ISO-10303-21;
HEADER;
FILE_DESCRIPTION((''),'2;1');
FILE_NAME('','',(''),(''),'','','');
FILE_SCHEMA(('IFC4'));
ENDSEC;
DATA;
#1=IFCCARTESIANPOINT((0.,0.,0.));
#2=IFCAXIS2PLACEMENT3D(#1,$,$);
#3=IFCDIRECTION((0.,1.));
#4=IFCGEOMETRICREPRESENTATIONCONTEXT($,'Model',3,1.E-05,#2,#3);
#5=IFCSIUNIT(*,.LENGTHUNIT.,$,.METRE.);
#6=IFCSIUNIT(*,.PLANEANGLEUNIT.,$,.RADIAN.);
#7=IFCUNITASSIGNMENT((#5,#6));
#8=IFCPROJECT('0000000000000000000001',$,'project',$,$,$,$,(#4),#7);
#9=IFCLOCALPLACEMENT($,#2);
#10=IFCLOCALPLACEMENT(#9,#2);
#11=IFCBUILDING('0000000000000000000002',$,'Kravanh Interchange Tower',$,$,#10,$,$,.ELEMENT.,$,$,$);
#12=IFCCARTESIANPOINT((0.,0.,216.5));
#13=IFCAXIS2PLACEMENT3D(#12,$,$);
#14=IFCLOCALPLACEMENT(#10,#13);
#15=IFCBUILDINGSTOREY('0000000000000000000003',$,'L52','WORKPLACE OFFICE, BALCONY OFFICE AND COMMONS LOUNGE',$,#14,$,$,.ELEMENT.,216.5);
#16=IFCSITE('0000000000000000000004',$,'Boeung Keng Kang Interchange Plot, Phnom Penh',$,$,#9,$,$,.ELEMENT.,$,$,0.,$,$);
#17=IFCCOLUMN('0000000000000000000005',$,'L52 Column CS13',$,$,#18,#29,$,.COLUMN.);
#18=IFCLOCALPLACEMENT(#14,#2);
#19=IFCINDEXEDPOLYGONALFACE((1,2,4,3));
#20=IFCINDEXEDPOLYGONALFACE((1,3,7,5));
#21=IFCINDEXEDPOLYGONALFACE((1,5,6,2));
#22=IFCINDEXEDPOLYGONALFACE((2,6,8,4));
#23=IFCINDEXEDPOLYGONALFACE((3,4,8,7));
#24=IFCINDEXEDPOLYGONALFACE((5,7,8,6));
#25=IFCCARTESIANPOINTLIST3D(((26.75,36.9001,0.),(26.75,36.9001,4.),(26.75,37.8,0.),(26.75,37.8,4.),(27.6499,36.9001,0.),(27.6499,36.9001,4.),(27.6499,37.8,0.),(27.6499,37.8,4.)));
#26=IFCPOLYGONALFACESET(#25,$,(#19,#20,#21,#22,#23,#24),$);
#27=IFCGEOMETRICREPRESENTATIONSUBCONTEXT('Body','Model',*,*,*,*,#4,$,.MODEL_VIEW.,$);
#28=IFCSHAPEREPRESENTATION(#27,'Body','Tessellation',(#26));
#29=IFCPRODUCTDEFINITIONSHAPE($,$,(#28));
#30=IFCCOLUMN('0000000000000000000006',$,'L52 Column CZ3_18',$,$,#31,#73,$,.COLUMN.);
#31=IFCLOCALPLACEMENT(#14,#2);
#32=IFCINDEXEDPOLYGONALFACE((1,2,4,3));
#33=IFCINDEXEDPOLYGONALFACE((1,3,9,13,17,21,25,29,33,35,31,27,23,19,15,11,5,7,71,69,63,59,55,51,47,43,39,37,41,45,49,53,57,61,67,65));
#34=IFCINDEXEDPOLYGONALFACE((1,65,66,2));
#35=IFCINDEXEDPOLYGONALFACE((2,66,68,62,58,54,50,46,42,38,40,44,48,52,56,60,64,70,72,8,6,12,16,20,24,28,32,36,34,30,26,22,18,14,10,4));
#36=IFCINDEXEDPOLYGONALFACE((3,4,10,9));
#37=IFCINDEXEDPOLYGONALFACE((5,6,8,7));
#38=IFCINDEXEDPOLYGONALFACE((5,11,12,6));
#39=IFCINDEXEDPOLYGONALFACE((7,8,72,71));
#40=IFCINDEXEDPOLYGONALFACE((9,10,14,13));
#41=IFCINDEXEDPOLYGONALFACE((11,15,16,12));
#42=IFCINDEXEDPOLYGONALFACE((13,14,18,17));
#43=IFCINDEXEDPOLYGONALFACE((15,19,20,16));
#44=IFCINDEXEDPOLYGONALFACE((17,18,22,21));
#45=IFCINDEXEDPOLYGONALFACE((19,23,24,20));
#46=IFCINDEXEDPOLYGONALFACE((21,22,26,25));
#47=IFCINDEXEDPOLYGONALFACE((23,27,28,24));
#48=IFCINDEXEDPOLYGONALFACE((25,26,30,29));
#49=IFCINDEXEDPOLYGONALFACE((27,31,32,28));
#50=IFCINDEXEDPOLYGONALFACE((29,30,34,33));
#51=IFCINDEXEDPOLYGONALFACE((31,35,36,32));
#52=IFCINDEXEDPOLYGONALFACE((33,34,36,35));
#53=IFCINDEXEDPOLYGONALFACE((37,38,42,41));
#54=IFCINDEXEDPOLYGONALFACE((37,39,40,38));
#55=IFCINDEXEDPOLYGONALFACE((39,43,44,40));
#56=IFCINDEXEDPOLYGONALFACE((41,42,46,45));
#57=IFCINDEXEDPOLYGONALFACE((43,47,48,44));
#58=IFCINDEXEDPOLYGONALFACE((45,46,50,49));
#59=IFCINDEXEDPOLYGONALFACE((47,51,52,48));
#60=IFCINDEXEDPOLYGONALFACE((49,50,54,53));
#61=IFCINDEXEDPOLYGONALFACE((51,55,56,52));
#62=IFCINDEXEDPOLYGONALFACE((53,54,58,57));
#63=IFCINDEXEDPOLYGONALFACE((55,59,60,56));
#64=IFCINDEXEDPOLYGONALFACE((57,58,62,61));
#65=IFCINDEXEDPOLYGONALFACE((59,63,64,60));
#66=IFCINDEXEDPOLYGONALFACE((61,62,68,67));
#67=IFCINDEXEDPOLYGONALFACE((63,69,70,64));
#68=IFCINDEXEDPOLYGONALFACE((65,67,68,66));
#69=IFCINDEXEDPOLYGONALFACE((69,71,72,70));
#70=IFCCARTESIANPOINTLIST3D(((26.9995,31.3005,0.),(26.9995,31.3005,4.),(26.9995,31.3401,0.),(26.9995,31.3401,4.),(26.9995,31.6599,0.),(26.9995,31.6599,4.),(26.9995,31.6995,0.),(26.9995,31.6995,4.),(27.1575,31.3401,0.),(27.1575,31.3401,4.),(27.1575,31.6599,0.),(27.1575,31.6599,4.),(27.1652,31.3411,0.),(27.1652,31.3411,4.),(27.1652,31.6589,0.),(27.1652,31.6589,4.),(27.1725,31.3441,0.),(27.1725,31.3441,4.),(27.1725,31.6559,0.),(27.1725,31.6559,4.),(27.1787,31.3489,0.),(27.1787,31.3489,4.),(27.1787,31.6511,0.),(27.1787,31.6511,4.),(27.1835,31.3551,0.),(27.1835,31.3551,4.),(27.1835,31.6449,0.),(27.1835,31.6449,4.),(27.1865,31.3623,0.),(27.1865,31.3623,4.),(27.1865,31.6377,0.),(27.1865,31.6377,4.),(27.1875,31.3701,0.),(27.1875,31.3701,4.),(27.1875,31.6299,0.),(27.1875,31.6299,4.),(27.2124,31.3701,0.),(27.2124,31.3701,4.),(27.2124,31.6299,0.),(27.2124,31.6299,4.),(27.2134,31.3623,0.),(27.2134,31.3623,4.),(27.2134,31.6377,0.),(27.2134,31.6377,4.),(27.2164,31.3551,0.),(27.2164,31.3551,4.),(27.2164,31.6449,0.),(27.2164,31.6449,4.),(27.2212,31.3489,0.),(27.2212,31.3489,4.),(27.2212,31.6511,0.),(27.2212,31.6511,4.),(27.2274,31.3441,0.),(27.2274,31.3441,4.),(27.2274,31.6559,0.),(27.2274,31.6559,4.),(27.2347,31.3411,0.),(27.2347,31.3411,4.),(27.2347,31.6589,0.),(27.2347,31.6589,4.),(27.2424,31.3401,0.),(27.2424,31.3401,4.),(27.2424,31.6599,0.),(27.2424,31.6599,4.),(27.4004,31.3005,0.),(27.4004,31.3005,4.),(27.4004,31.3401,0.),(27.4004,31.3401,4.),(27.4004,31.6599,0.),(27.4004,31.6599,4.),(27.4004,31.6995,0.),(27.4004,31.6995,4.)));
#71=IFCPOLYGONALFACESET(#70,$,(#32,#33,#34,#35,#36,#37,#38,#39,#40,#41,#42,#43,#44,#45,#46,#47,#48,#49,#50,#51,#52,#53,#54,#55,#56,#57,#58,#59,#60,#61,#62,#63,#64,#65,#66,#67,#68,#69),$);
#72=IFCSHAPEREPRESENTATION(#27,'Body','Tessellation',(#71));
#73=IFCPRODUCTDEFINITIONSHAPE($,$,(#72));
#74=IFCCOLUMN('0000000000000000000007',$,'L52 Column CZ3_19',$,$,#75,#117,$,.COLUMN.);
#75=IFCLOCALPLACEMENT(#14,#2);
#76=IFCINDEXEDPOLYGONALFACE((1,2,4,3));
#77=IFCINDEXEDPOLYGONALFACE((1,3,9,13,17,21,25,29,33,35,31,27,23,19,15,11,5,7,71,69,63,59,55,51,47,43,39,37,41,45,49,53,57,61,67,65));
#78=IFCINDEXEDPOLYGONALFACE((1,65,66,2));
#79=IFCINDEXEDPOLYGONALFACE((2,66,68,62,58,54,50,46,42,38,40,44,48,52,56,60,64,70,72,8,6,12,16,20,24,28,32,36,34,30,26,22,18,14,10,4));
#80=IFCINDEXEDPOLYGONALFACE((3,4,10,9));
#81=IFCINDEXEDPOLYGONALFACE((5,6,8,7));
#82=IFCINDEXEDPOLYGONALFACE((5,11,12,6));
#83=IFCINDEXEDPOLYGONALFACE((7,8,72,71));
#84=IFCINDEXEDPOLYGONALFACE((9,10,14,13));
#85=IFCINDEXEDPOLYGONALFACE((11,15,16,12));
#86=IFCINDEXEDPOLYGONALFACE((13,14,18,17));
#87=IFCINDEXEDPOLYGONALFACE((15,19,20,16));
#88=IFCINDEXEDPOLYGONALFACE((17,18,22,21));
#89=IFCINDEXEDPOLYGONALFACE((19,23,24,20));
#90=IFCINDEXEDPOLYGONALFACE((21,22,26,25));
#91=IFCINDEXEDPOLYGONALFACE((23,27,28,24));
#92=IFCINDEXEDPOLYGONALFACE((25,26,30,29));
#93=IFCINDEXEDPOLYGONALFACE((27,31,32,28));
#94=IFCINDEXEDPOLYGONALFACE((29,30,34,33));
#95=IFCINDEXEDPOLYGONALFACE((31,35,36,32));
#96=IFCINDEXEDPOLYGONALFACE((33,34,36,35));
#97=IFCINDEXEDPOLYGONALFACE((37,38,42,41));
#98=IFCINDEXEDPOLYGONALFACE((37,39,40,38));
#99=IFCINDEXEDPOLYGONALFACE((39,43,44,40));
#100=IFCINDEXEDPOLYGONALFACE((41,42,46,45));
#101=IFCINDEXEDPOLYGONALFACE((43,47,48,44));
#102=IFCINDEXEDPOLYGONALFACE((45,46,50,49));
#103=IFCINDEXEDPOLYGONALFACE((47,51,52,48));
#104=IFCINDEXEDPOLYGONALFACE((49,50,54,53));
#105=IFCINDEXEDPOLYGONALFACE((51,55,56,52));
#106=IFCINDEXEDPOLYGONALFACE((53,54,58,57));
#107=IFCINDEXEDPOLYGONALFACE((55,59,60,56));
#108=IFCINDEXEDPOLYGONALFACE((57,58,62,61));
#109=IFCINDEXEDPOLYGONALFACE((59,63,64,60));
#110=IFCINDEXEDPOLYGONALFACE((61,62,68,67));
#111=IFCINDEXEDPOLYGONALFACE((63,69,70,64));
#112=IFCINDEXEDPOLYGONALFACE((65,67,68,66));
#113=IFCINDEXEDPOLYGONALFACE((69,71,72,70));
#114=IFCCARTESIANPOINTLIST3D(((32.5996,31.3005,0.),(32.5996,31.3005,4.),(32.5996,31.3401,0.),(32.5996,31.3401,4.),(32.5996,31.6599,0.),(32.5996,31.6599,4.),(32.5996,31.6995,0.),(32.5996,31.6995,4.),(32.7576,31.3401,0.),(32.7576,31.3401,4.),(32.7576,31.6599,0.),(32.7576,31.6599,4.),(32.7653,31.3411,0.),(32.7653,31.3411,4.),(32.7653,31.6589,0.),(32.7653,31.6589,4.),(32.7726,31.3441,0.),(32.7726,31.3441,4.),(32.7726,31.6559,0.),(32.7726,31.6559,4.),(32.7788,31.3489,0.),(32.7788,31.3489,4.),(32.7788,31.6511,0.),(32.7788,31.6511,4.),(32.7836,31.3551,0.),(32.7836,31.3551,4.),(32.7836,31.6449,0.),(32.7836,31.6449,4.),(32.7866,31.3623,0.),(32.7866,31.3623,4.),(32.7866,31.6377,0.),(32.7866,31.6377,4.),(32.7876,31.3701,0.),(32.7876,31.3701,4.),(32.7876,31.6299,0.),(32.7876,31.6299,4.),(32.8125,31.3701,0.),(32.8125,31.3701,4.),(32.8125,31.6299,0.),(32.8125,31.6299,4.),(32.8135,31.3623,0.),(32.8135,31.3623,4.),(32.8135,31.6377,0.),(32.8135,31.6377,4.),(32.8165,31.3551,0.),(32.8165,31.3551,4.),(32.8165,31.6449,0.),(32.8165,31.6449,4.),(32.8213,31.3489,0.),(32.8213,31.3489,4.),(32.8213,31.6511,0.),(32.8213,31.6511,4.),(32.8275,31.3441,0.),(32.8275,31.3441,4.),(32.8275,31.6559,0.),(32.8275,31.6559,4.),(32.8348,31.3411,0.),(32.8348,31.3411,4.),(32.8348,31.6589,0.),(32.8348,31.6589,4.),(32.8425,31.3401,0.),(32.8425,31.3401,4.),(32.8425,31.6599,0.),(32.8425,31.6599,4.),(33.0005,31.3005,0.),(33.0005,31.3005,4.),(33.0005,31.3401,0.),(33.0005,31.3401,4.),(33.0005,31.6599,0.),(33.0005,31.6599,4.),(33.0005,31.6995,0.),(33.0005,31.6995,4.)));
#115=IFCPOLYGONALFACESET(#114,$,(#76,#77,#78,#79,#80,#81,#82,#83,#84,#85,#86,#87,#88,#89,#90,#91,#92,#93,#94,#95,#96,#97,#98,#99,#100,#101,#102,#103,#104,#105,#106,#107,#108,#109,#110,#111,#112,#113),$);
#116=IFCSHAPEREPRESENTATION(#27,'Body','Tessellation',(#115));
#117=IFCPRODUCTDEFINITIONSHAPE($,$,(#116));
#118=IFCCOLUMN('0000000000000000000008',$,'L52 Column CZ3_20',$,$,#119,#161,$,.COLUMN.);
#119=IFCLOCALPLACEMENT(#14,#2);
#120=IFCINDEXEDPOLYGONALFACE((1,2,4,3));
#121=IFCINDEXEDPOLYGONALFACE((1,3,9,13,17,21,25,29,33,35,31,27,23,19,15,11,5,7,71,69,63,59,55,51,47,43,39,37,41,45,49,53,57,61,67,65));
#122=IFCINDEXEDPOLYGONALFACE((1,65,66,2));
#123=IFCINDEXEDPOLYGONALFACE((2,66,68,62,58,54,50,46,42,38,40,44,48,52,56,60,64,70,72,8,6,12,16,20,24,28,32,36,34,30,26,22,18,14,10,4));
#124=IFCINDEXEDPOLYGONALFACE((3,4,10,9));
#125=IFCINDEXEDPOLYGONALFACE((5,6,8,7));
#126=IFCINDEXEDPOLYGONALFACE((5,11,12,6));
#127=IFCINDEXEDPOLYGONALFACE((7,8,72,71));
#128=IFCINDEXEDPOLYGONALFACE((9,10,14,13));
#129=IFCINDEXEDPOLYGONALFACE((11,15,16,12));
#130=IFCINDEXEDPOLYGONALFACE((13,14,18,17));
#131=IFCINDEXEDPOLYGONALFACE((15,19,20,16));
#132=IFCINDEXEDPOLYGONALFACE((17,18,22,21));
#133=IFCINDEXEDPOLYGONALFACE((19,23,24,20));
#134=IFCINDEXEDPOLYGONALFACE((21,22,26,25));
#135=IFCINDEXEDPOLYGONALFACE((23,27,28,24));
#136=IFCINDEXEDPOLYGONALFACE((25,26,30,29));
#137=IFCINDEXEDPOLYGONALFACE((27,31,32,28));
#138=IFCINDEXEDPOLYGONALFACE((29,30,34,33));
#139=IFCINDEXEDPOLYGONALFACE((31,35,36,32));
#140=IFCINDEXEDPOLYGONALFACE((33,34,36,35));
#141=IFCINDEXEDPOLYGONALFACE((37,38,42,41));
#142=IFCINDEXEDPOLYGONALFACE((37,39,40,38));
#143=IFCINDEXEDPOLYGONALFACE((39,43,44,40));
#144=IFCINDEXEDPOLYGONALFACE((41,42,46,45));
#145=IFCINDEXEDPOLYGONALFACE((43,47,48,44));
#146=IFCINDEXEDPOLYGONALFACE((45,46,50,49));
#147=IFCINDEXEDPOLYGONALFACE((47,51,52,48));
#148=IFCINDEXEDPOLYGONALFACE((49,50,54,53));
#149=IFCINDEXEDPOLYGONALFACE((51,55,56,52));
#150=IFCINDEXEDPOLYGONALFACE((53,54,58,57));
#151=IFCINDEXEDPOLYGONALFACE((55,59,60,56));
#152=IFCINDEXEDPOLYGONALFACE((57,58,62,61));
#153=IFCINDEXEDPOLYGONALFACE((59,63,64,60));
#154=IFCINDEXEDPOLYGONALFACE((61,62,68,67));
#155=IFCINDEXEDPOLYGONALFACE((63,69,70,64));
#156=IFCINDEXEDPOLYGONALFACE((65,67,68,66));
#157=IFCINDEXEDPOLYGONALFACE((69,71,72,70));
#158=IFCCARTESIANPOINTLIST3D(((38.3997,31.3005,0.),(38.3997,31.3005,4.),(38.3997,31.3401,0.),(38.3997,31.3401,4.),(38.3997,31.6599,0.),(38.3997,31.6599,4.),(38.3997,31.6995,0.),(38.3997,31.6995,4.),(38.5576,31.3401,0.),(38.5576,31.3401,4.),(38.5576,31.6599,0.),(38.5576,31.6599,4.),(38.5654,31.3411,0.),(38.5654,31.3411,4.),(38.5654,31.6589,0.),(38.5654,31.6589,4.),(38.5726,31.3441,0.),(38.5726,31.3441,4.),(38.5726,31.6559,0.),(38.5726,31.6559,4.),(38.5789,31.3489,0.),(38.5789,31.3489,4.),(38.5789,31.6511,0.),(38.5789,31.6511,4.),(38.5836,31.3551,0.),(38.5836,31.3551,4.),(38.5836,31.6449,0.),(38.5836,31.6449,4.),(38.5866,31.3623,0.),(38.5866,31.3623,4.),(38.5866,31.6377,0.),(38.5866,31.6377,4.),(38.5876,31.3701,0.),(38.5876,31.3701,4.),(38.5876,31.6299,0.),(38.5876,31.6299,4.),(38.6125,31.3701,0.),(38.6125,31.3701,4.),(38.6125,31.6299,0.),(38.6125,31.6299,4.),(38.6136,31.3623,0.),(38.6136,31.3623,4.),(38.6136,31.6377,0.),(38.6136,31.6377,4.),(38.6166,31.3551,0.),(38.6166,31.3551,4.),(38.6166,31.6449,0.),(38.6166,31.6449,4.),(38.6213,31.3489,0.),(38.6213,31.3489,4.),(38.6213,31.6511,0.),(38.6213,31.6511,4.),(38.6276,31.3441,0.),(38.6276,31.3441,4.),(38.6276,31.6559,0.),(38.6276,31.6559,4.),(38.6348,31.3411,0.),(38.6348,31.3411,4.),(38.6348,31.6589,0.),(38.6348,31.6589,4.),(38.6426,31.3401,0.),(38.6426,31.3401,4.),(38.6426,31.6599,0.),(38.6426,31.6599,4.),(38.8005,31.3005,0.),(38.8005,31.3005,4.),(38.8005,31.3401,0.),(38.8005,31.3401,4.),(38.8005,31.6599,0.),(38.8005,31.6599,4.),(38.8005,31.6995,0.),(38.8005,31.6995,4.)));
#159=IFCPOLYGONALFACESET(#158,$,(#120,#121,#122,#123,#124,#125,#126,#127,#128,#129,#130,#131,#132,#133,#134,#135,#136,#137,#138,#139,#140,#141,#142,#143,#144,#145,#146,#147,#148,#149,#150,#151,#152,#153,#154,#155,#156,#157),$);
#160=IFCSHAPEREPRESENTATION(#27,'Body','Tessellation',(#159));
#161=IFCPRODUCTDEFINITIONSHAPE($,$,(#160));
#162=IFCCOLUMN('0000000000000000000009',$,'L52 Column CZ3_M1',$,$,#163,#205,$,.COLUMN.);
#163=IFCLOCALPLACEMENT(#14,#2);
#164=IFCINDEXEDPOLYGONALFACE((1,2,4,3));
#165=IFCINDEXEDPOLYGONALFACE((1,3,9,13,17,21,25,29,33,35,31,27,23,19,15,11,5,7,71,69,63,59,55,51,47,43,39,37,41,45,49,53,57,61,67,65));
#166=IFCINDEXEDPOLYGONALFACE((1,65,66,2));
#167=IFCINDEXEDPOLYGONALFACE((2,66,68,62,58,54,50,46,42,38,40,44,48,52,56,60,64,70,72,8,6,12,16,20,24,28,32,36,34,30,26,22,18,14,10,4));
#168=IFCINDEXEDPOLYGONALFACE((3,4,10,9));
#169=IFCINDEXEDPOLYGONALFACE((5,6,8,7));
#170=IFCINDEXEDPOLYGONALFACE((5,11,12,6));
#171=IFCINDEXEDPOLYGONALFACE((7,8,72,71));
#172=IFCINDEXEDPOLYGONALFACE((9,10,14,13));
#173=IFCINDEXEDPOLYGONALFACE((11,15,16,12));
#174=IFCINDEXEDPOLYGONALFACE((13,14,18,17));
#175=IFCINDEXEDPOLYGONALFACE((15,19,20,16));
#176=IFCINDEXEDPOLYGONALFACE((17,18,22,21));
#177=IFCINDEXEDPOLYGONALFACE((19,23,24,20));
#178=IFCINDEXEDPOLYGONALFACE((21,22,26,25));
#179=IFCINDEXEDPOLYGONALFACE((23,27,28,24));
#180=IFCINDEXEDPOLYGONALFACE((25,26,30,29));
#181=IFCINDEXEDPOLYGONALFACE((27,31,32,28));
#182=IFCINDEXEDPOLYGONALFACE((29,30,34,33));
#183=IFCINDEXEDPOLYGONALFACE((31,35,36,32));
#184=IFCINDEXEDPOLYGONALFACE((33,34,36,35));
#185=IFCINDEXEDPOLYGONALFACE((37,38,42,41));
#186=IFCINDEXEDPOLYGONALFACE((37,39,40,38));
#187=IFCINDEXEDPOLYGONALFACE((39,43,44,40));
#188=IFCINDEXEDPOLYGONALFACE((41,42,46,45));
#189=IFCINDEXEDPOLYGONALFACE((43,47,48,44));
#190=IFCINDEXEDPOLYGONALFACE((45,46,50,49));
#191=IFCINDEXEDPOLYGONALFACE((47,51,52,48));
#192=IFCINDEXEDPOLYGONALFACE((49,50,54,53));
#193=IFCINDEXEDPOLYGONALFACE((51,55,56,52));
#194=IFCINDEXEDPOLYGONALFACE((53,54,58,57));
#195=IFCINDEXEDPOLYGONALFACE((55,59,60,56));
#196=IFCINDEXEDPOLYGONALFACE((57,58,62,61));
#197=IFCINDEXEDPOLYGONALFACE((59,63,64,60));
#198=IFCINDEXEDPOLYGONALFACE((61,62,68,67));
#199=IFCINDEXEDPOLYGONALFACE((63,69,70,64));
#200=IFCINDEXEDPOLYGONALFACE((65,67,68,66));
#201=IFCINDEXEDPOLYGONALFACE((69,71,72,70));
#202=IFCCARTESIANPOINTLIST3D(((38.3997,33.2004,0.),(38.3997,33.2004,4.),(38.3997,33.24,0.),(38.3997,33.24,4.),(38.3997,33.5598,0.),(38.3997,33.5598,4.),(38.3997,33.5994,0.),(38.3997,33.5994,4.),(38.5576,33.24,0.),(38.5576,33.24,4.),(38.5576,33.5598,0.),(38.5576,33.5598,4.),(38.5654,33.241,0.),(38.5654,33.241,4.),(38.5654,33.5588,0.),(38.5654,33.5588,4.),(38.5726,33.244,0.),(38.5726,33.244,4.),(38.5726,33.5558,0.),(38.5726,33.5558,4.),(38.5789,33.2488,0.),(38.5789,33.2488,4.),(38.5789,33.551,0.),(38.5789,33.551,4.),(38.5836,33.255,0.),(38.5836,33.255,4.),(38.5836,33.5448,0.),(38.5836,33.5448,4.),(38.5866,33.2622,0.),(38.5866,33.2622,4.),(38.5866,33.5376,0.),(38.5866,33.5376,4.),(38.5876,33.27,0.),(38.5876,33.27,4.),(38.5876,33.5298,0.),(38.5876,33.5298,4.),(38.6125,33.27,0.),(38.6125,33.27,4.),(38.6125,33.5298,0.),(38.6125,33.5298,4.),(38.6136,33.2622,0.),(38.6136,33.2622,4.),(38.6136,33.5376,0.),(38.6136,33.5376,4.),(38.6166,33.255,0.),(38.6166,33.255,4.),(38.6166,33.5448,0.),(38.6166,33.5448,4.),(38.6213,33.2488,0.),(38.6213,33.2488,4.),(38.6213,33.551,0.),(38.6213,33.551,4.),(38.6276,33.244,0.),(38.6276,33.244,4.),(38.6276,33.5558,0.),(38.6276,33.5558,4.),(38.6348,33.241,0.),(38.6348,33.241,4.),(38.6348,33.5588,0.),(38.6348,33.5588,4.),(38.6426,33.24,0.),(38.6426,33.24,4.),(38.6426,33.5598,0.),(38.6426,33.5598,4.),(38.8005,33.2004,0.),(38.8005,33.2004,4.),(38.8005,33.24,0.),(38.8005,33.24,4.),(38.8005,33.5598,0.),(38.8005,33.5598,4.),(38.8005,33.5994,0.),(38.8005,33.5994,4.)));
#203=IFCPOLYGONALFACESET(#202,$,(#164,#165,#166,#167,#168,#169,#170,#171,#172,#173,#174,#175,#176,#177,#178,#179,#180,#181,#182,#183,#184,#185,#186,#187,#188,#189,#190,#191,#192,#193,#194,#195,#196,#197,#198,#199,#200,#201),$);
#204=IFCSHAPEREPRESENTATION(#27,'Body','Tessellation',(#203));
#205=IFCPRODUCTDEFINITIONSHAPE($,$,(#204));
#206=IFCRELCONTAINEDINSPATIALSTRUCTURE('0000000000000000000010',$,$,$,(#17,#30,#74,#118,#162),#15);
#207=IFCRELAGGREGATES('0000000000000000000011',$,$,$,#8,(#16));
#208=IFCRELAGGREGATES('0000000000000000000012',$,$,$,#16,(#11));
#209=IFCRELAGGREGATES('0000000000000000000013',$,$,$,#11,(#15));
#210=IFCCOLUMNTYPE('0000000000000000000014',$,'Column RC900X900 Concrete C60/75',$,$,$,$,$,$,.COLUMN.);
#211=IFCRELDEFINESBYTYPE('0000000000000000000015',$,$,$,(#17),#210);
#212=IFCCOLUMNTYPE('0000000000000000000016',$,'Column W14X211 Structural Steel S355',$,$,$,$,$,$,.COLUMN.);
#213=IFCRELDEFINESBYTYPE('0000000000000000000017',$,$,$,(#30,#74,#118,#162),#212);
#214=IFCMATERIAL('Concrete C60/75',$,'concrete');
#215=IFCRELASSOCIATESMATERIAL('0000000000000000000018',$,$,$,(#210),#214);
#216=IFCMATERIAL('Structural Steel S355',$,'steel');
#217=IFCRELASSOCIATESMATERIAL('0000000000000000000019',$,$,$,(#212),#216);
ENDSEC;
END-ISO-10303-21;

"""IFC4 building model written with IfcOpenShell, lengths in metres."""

from ifc_helpers import new_model, si_unit, direction, frame, origin, origin_2d, place, context, subcontext, project, spatial, rectangle, i_section, extrude, material, material_profile, profile_set, type_object, element, save


model = new_model("IFC4")

# Units and contexts
model_context = context("Model", 3, precision=1e-05, world=origin(), true_north=direction((0.0, 1.0)))
body_context = subcontext(model_context, "Body", "Model", "MODEL_VIEW")
ifc_project = project(units=[si_unit("LENGTHUNIT", "METRE"), si_unit("PLANEANGLEUNIT", "RADIAN")], contexts=[model_context])

# Site, building, storey
site_placement = place(None, origin())
site = spatial("IfcSite", under=ifc_project, at=site_placement, Name="Boeung Keng Kang Interchange Plot, Phnom Penh", CompositionType="ELEMENT", RefElevation=0.0)
building_placement = place(site_placement, origin())
building = spatial("IfcBuilding", under=site, at=building_placement, Name="Kravanh Interchange Tower", CompositionType="ELEMENT")
storey_placement = place(building_placement, frame((0.0, 0.0, 216.5)))
storey = spatial("IfcBuildingStorey", under=building, at=storey_placement, Name="L52", Description="WORKPLACE OFFICE, BALCONY OFFICE AND COMMONS LOUNGE", CompositionType="ELEMENT", Elevation=216.5)

# Columns
ifc_material_1 = material(Name="Concrete C60/75", Category="concrete")
ifc_material_profile_1 = material_profile(ifc_material_1, rectangle(XDim=0.8999, YDim=0.8999, at=origin_2d()), Name="RC900X900")
ifc_profile_set_1 = profile_set([ifc_material_profile_1], Name="Concrete C60/75")
column_type_1 = type_object("IfcColumnType", Name="Column RC900X900 Concrete C60/75", PredefinedType="COLUMN", material=ifc_profile_set_1)
column_placement = place(storey_placement, frame((27.2, 37.3501, 0.0), z_axis=(0.0, 0.0, 1.0), x_axis=(1.0, 0.0, 0.0)))
element("IfcColumn", 1, at=column_placement, inside=storey, type_object=column_type_1, Name="L52 Column CS13", PredefinedType="COLUMN", context=body_context, shape_type="SweptSolid", body=[
    extrude(rectangle(XDim=0.8999, YDim=0.8999, at=origin_2d()), origin(), (0.0, 0.0, 1.0), 4.0),
])
ifc_material_2 = material(Name="Structural Steel S355", Category="steel")
ifc_material_profile_2 = material_profile(ifc_material_2, i_section(OverallWidth=0.4009, OverallDepth=0.3989, WebThickness=0.0249, FlangeThickness=0.0396, FilletRadius=0.03, at=origin_2d()), Name="W14X211")
ifc_profile_set_2 = profile_set([ifc_material_profile_2], Name="Structural Steel S355")
column_type_2 = type_object("IfcColumnType", Name="Column W14X211 Structural Steel S355", PredefinedType="COLUMN", material=ifc_profile_set_2)
for number, where, z_axis, x_axis, name in (
    (2, (27.2, 31.5, 0.0), (0.0, 0.0, 1.0), (1.0, 0.0, 0.0), "L52 Column CZ3_18"),
    (3, (32.8, 31.5, 0.0), (0.0, 0.0, 1.0), (1.0, 0.0, 0.0), "L52 Column CZ3_19"),
    (4, (38.6001, 31.5, 0.0), (0.0, 0.0, 1.0), (1.0, 0.0, 0.0), "L52 Column CZ3_20"),
    (5, (38.6001, 33.3999, 0.0), (0.0, 0.0, 1.0), (1.0, 0.0, 0.0), "L52 Column CZ3_M1"),
):
    element("IfcColumn", number, at=place(storey_placement, frame(where, z_axis=z_axis, x_axis=x_axis)), inside=storey, type_object=column_type_2, Name=name, PredefinedType="COLUMN", context=body_context, shape_type="SweptSolid", body=[
        extrude(i_section(OverallWidth=0.4009, OverallDepth=0.3989, WebThickness=0.0249, FlangeThickness=0.0396, FilletRadius=0.03, at=origin_2d()), origin(), (0.0, 0.0, 1.0), 4.0),
    ])

save(model, "model.ifc")
